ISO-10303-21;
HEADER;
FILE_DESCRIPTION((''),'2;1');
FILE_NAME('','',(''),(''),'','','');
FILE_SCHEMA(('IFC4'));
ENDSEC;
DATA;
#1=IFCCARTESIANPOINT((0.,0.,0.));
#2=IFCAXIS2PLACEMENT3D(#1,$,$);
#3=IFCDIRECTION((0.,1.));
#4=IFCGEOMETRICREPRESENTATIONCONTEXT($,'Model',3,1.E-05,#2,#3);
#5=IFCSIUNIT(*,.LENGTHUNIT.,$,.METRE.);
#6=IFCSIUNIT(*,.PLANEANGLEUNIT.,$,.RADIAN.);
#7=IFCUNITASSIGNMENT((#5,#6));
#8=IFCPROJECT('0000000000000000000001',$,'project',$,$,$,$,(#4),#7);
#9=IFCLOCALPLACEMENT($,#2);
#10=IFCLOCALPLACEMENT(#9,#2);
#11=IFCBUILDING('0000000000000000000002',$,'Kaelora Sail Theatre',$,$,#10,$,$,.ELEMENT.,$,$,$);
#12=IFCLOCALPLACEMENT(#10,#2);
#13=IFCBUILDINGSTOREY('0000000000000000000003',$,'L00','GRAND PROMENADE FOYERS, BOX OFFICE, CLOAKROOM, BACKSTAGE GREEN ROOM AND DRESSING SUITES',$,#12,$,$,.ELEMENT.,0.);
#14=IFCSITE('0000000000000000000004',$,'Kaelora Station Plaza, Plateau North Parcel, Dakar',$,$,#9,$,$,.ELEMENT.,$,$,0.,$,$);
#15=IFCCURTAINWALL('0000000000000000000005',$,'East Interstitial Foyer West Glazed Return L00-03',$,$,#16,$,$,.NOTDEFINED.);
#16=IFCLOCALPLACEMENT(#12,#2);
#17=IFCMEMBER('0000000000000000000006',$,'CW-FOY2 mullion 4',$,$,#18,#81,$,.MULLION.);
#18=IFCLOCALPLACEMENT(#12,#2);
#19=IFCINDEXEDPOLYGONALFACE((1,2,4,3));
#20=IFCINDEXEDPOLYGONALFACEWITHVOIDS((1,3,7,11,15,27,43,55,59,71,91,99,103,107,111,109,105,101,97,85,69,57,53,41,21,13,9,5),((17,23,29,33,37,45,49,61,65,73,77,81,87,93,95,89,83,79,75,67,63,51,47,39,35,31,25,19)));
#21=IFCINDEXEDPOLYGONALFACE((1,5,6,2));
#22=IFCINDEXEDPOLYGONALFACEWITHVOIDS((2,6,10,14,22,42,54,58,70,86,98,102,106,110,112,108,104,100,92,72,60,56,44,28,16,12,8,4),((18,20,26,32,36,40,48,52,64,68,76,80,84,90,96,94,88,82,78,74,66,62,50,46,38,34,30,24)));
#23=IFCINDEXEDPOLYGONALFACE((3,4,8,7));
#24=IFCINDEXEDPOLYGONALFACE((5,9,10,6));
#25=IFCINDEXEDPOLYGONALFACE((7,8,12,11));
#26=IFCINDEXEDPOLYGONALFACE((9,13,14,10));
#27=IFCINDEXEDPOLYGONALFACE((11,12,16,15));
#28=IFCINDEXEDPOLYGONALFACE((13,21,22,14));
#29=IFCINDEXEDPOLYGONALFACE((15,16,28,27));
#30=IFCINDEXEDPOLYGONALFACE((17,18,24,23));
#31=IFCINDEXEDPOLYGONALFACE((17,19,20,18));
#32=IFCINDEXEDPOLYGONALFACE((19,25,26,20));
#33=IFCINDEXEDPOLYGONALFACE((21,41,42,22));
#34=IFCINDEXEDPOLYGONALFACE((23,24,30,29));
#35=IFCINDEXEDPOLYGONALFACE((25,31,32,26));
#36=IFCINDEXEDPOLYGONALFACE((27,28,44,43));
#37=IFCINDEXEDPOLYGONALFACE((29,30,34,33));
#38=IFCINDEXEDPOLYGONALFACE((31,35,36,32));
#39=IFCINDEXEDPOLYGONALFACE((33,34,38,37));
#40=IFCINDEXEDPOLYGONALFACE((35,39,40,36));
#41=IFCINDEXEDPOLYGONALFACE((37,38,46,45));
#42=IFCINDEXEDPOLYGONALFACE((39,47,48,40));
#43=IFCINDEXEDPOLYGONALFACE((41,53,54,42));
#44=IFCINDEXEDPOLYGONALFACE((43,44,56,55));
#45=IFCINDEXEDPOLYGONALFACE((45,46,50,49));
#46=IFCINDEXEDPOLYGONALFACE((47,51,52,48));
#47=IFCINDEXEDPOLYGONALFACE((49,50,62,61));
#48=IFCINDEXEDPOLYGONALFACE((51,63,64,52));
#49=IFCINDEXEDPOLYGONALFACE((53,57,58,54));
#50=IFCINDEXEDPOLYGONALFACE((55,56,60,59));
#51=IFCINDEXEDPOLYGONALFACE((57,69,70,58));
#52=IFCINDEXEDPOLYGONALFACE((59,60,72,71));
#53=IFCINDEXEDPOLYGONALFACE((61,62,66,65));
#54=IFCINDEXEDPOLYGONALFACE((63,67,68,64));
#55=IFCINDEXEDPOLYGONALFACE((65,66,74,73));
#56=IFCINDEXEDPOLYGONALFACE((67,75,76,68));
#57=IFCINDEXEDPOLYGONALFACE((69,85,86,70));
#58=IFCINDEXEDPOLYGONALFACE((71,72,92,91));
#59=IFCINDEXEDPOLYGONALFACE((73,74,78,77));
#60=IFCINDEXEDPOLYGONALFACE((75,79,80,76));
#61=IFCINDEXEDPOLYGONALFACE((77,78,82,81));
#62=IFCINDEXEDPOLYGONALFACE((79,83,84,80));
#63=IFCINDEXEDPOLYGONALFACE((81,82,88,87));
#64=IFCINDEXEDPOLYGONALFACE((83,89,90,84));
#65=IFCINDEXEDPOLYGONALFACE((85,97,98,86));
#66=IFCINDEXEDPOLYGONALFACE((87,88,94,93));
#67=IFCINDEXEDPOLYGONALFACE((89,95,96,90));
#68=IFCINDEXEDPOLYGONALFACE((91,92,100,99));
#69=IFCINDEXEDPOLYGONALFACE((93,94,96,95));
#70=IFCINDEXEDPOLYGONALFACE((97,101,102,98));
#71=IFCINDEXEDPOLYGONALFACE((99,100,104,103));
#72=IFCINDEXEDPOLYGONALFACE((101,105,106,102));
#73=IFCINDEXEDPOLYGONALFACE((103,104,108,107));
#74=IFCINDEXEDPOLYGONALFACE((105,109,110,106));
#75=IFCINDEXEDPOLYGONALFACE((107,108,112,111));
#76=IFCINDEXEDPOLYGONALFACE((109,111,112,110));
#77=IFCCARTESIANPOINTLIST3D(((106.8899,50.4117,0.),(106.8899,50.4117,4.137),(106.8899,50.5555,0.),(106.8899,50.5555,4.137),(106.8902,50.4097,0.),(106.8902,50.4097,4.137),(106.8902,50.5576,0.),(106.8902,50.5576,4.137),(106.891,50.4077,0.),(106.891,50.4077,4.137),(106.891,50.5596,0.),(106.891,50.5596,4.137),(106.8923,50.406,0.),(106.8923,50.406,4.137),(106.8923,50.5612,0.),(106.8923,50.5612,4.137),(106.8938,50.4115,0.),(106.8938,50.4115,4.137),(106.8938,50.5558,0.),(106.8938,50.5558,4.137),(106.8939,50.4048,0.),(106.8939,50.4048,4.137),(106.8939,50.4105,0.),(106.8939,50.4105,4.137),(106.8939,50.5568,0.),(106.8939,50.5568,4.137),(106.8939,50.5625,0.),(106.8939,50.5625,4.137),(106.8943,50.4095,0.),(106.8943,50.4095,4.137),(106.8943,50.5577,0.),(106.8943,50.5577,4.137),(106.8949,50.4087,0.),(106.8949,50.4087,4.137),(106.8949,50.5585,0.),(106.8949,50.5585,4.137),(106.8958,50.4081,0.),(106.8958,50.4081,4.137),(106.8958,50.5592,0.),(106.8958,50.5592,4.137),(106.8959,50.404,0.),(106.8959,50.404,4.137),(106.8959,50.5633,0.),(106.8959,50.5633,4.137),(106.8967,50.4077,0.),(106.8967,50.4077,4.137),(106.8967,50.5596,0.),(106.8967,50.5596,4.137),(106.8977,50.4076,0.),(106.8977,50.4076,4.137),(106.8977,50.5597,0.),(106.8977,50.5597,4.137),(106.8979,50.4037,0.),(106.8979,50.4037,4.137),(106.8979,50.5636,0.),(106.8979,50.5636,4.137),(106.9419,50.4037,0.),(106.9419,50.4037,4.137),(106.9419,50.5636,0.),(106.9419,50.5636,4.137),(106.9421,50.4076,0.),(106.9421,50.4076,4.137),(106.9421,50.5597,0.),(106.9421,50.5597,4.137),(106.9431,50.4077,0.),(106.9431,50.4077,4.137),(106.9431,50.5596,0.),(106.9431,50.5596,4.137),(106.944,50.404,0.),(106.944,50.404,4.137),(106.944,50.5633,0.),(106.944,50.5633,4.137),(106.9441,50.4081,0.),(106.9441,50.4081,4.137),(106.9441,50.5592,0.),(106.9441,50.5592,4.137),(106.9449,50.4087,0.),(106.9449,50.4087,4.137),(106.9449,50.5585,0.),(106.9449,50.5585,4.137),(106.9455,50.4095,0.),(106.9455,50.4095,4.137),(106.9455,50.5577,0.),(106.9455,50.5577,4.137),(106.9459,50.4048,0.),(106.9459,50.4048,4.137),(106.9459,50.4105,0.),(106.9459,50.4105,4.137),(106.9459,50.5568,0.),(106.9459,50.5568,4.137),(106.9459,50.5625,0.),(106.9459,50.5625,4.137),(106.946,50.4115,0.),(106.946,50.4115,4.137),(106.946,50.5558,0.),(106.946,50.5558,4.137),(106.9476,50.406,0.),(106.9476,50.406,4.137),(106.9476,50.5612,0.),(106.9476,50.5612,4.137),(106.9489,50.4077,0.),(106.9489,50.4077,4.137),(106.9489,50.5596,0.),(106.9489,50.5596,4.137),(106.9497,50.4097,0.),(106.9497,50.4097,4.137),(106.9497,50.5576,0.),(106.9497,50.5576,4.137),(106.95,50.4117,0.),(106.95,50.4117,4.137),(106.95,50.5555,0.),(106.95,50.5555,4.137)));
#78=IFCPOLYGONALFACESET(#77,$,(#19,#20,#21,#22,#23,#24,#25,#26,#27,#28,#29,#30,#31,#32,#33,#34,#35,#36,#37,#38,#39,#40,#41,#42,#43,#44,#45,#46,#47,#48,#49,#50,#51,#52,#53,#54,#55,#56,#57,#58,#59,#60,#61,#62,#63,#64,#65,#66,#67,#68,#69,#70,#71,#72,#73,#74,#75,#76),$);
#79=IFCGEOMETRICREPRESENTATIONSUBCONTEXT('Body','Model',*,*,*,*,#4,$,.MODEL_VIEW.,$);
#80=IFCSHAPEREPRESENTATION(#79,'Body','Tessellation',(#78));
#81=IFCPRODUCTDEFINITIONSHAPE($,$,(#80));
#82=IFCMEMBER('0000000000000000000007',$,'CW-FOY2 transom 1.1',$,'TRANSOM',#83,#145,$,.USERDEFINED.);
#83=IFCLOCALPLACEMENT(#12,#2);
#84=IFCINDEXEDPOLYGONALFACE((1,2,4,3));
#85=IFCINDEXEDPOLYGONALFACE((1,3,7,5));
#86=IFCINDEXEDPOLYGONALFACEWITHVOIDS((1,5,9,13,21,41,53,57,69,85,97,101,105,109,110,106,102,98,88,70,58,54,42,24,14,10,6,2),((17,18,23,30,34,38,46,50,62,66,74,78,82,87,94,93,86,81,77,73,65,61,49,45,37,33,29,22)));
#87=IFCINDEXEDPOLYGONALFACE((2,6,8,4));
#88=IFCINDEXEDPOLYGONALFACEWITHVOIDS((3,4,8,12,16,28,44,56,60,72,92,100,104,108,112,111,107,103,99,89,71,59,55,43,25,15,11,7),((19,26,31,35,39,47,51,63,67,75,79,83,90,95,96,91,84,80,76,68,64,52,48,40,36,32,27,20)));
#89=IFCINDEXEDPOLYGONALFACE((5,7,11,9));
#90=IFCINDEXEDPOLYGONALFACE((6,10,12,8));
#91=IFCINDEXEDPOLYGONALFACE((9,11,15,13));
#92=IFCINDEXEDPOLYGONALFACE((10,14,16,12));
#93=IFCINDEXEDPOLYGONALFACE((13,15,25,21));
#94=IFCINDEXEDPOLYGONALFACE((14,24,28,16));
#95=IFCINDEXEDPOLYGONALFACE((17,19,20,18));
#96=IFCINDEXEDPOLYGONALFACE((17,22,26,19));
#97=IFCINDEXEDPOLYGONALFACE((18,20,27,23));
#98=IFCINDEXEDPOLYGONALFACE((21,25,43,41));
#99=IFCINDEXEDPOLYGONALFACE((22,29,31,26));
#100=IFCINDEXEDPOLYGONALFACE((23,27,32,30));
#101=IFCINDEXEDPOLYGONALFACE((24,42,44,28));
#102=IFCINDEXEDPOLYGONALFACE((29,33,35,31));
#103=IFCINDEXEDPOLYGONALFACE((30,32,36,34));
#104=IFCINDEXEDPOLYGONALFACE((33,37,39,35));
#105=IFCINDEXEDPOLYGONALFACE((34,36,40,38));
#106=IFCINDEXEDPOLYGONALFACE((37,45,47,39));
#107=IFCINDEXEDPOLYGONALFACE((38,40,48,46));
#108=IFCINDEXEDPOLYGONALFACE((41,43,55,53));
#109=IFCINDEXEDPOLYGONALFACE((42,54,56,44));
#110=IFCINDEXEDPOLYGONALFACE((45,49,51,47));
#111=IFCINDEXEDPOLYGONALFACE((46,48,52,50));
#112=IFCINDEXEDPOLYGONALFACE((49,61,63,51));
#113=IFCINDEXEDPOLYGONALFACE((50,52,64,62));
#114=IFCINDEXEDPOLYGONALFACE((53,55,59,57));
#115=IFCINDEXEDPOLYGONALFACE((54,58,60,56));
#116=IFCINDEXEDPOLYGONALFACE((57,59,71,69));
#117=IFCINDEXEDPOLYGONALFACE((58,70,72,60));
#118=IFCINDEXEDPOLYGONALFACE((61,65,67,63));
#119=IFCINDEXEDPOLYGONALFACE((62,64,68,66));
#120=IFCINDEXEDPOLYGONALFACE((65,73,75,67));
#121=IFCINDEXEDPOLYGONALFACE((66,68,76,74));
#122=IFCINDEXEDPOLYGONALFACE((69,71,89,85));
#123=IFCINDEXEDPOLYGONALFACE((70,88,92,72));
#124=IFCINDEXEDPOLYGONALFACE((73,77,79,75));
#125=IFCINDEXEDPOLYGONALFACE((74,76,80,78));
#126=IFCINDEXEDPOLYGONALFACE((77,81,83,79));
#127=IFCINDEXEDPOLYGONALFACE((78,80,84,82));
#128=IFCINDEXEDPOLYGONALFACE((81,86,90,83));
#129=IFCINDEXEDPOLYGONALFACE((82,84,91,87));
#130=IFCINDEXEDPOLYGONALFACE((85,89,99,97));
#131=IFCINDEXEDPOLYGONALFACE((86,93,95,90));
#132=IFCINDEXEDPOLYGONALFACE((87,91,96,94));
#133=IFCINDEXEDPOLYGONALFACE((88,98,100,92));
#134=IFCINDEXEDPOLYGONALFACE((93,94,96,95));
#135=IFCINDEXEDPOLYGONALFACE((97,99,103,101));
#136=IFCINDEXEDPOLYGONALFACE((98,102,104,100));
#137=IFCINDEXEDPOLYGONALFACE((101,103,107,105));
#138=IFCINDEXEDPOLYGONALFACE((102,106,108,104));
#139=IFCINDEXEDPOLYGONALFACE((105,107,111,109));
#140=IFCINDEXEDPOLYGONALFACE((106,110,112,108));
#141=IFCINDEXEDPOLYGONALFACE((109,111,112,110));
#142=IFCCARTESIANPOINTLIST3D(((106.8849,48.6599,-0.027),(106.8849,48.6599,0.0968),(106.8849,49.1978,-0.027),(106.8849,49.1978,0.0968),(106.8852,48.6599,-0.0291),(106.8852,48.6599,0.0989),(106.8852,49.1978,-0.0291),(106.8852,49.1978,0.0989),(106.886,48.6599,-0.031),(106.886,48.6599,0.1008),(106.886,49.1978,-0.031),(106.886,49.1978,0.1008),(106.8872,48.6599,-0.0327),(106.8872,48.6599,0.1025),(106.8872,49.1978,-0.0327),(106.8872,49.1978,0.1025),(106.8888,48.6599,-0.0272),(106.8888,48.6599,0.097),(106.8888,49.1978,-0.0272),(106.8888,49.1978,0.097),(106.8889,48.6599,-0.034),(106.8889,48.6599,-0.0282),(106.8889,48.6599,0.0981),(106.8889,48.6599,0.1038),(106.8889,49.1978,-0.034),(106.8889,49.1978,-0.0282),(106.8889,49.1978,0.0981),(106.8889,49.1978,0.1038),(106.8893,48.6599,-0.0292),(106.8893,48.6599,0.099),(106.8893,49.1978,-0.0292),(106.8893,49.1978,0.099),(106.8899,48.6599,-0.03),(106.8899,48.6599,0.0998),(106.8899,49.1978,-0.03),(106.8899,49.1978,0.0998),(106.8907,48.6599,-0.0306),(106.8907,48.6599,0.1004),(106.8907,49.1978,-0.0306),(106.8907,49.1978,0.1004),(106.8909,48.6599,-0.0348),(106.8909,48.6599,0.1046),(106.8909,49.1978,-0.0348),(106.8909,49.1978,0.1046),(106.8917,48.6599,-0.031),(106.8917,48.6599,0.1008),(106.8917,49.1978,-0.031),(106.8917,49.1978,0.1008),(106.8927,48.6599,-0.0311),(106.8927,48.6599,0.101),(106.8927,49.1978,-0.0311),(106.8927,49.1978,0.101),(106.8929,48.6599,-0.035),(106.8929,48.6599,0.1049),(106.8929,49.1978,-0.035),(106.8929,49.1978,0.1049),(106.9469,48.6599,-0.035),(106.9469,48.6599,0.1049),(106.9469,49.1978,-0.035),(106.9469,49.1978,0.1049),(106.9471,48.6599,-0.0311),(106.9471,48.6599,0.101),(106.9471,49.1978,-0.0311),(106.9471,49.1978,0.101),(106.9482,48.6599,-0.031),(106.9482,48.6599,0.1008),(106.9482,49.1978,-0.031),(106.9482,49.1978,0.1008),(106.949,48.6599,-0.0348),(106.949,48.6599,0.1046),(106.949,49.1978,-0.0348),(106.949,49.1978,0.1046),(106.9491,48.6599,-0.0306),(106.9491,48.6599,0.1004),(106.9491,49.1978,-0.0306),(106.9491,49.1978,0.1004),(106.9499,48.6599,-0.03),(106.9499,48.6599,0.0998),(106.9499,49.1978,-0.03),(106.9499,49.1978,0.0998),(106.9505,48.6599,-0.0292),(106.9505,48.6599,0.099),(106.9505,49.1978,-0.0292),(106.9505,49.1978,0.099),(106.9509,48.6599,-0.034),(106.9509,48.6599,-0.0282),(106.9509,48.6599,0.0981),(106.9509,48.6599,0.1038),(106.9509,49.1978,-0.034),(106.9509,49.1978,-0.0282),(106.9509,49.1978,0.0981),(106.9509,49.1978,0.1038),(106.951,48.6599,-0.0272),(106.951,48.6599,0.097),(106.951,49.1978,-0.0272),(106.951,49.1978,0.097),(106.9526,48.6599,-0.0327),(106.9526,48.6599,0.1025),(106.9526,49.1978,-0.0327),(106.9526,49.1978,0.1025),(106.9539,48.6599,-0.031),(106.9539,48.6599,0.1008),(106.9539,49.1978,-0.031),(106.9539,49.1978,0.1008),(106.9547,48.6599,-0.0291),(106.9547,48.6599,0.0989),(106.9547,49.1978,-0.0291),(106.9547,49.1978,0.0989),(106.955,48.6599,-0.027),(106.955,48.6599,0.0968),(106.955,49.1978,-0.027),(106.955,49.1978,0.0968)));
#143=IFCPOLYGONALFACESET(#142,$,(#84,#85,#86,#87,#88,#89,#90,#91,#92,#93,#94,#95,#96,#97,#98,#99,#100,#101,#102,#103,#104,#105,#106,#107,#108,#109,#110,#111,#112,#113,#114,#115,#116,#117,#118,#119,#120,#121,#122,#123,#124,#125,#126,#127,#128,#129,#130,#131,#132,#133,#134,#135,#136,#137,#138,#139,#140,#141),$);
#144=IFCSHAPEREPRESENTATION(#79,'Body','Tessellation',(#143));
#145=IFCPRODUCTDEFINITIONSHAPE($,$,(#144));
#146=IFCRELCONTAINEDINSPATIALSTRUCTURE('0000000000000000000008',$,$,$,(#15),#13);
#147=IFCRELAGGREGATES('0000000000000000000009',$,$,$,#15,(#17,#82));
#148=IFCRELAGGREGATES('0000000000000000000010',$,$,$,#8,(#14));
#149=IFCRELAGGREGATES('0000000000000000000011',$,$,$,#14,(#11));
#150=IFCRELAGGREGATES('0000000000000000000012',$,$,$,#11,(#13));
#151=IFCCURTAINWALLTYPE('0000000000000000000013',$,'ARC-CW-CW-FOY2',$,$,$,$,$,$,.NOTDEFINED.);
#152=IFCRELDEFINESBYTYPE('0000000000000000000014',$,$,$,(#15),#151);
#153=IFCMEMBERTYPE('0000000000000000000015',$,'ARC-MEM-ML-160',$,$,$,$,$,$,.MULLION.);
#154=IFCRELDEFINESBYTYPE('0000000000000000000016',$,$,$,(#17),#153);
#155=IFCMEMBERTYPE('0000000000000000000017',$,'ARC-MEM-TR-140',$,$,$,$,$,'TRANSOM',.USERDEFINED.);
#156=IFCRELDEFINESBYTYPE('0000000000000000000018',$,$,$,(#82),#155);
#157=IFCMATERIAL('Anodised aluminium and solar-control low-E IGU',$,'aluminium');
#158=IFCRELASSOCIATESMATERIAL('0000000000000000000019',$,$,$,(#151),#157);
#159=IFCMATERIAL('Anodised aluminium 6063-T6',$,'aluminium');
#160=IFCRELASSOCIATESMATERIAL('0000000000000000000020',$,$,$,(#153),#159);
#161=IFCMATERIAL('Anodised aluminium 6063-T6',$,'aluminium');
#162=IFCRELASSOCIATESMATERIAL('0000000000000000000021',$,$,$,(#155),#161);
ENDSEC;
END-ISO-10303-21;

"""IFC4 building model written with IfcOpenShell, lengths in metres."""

from ifc_helpers import new_model, si_unit, direction, frame, origin, origin_2d, place, context, subcontext, project, spatial, hollow_rectangle, extrude, material, material_profile, profile_set, type_object, element, aggregate, save


model = new_model("IFC4")

# Units and contexts
model_context = context("Model", 3, precision=1e-05, world=origin(), true_north=direction((0.0, 1.0)))
body_context = subcontext(model_context, "Body", "Model", "MODEL_VIEW")
ifc_project = project(units=[si_unit("LENGTHUNIT", "METRE"), si_unit("PLANEANGLEUNIT", "RADIAN")], contexts=[model_context])

# Site, building, storey
site_placement = place(None, origin())
site = spatial("IfcSite", under=ifc_project, at=site_placement, Name="Kaelora Station Plaza, Plateau North Parcel, Dakar", CompositionType="ELEMENT", RefElevation=0.0)
building_placement = place(site_placement, origin())
building = spatial("IfcBuilding", under=site, at=building_placement, Name="Kaelora Sail Theatre", CompositionType="ELEMENT")
storey_placement = place(building_placement, origin())
storey = spatial("IfcBuildingStorey", under=building, at=storey_placement, Name="L00", Description="GRAND PROMENADE FOYERS, BOX OFFICE, CLOAKROOM, BACKSTAGE GREEN ROOM AND DRESSING SUITES", CompositionType="ELEMENT", Elevation=0.0)

# Shared definitions
ifc_material_1 = material(Name="Anodised aluminium and solar-control low-E IGU", Category="aluminium")
curtain_wall_type = type_object("IfcCurtainWallType", Name="ARC-CW-CW-FOY2", PredefinedType="NOTDEFINED", material=ifc_material_1)
ifc_material_2 = material(Name="Anodised aluminium 6063-T6", Category="aluminium")
ifc_material_profile_1 = material_profile(ifc_material_2, hollow_rectangle(XDim=0.0601, YDim=0.1599, WallThickness=0.0039, InnerFilletRadius=0.0039, OuterFilletRadius=0.0081, at=origin_2d()), Name="ALU-MULL 60x160x4")
ifc_profile_set_1 = profile_set([ifc_material_profile_1], Name="Anodised aluminium 6063-T6")
member_type_1 = type_object("IfcMemberType", Name="ARC-MEM-ML-160", PredefinedType="MULLION", material=ifc_profile_set_1)

# Curtain wall, members
curtain_wall_1_placement = place(storey_placement, origin())
curtain_wall_1 = element("IfcCurtainWall", 1, at=curtain_wall_1_placement, inside=storey, type_object=curtain_wall_type, Name="East Interstitial Foyer West Glazed Return L00-03", PredefinedType="NOTDEFINED")
member_1_placement = place(storey_placement, frame((106.9199, 50.4836, 0.0), z_axis=(0.0, 0.0, 1.0), x_axis=(-1.0, 0.0, 0.0)))
member_1 = element("IfcMember", 2, at=member_1_placement, type_object=member_type_1, Name="CW-FOY2 mullion 4", PredefinedType="MULLION", context=body_context, shape_type="SweptSolid", body=[
    extrude(hollow_rectangle(XDim=0.0601, YDim=0.1599, WallThickness=0.0039, InnerFilletRadius=0.0039, OuterFilletRadius=0.0081, at=origin_2d()), origin(), (0.0, 0.0, 1.0), 4.137),
])
ifc_material_3 = material(Name="Anodised aluminium 6063-T6", Category="aluminium")
ifc_material_profile_2 = material_profile(ifc_material_3, hollow_rectangle(XDim=0.0701, YDim=0.1399, WallThickness=0.0039, InnerFilletRadius=0.0039, OuterFilletRadius=0.0081, at=origin_2d()), Name="ALU-TRAN 70x140x4")
ifc_profile_set_2 = profile_set([ifc_material_profile_2], Name="Anodised aluminium 6063-T6")
member_type_2 = type_object("IfcMemberType", Name="ARC-MEM-TR-140", ElementType="TRANSOM", PredefinedType="USERDEFINED", material=ifc_profile_set_2)
member_2_placement = place(storey_placement, frame((106.9199, 48.6599, 0.0349), z_axis=(0.0, 1.0, 0.0), x_axis=(-1.0, 0.0, 0.0)))
member_2 = element("IfcMember", 3, at=member_2_placement, type_object=member_type_2, Name="CW-FOY2 transom 1.1", ObjectType="TRANSOM", PredefinedType="USERDEFINED", context=body_context, shape_type="SweptSolid", body=[
    extrude(hollow_rectangle(XDim=0.0701, YDim=0.1399, WallThickness=0.0039, InnerFilletRadius=0.0039, OuterFilletRadius=0.0081, at=origin_2d()), origin(), (0.0, 0.0, 1.0), 0.5378),
])

aggregate(curtain_wall_1, [member_1, member_2])

save(model, "model.ifc")
